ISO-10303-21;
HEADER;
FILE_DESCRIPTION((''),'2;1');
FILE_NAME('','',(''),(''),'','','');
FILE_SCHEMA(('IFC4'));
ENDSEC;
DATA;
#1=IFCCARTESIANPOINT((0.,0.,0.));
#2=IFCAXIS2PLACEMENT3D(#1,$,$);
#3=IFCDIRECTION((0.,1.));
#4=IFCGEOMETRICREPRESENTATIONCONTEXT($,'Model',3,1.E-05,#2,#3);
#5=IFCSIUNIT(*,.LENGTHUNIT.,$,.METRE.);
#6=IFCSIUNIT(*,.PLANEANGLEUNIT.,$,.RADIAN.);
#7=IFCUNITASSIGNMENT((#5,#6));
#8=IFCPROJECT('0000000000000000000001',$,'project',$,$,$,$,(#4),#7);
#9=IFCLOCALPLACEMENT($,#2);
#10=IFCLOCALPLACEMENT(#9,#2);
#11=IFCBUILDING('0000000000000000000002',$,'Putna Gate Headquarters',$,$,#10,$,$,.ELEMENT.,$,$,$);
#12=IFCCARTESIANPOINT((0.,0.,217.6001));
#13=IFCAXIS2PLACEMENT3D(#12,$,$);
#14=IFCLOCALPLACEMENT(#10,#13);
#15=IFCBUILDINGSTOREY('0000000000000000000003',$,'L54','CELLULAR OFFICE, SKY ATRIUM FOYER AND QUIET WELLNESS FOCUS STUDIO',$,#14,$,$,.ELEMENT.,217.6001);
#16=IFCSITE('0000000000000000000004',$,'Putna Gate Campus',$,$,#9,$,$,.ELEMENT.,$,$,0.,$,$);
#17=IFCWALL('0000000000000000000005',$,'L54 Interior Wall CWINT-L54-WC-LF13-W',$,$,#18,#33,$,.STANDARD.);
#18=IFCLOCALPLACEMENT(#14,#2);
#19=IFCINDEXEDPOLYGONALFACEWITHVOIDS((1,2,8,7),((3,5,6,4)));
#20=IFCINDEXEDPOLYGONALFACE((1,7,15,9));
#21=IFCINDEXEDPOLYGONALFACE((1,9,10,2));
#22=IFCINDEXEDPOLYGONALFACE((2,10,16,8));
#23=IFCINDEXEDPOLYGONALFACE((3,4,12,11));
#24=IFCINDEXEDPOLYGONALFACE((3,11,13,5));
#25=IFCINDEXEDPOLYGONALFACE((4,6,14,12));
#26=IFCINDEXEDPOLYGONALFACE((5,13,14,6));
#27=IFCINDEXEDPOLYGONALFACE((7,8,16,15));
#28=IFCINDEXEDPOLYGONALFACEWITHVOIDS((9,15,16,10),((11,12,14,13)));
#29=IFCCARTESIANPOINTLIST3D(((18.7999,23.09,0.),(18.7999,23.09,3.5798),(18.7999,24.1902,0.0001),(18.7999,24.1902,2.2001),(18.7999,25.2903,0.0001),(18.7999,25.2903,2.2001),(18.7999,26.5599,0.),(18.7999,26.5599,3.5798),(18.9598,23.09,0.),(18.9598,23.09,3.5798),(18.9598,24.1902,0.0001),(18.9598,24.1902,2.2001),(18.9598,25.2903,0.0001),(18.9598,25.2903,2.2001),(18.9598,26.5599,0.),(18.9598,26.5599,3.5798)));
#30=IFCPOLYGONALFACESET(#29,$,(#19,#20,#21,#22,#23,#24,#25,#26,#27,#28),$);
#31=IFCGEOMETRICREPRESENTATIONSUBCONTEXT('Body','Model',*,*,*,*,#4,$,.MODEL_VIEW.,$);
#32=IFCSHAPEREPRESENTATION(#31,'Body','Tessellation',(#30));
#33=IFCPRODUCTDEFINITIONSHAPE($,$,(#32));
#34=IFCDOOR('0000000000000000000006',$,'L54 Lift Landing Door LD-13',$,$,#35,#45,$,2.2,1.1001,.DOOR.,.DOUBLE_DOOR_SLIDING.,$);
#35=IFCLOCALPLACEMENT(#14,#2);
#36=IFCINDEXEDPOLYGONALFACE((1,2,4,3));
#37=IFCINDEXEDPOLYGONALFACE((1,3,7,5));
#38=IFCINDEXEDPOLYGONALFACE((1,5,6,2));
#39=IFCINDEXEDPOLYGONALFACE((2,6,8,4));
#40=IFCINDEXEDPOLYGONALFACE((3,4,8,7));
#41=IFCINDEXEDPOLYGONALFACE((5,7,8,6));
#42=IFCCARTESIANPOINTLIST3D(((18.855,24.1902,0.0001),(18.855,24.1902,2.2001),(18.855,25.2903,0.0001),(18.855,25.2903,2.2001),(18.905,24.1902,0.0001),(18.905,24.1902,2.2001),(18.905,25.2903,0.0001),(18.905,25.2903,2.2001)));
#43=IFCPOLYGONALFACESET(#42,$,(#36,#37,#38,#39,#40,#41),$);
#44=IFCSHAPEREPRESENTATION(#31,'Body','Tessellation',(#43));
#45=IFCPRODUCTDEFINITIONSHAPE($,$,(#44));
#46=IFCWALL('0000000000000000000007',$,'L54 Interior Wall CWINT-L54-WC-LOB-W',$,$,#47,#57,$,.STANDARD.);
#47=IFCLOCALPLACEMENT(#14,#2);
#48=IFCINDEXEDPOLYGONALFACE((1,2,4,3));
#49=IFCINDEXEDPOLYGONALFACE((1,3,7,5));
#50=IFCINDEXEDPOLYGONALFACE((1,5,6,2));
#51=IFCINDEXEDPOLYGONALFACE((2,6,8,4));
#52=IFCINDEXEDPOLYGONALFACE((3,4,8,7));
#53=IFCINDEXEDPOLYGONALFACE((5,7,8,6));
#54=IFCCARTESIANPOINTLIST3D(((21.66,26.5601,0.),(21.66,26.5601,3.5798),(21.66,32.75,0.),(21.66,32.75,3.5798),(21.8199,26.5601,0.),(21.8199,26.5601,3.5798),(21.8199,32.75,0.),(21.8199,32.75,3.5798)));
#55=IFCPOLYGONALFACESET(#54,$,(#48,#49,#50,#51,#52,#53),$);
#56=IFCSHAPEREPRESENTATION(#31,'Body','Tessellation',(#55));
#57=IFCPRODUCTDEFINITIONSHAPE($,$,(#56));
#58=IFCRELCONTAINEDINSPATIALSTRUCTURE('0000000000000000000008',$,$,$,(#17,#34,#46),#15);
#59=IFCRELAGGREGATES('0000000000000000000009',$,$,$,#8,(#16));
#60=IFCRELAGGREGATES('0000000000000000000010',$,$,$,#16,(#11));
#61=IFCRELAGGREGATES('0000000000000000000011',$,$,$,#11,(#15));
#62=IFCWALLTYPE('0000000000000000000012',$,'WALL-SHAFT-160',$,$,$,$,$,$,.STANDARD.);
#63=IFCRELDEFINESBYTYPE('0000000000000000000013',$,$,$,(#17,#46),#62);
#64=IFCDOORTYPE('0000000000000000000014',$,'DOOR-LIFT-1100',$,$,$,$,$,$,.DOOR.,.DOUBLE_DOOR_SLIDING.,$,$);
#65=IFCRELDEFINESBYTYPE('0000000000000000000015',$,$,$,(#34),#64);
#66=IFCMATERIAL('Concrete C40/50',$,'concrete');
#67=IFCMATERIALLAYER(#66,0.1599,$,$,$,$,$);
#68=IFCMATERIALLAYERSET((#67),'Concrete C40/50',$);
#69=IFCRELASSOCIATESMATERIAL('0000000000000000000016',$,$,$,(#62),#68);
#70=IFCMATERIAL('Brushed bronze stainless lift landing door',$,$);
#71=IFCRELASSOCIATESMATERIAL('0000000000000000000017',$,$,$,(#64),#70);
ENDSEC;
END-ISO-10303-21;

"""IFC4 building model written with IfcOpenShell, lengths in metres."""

from ifc_helpers import new_model, si_unit, direction, frame, frame_2d, origin, place, context, subcontext, project, spatial, rectangle, extrude, material, layer, layer_set, type_object, element, fill, save


model = new_model("IFC4")

# Units and contexts
model_context = context("Model", 3, precision=1e-05, world=origin(), true_north=direction((0.0, 1.0)))
body_context = subcontext(model_context, "Body", "Model", "MODEL_VIEW")
ifc_project = project(units=[si_unit("LENGTHUNIT", "METRE"), si_unit("PLANEANGLEUNIT", "RADIAN")], contexts=[model_context])

# Site, building, storey
site_placement = place(None, origin())
site = spatial("IfcSite", under=ifc_project, at=site_placement, Name="Putna Gate Campus", CompositionType="ELEMENT", RefElevation=0.0)
building_placement = place(site_placement, origin())
building = spatial("IfcBuilding", under=site, at=building_placement, Name="Putna Gate Headquarters", CompositionType="ELEMENT")
storey_placement = place(building_placement, frame((0.0, 0.0, 217.6001)))
storey = spatial("IfcBuildingStorey", under=building, at=storey_placement, Name="L54", Description="CELLULAR OFFICE, SKY ATRIUM FOYER AND QUIET WELLNESS FOCUS STUDIO", CompositionType="ELEMENT", Elevation=217.6001)

# Shared definitions
ifc_material_1 = material(Name="Concrete C40/50", Category="concrete")
ifc_layer_1 = layer(ifc_material_1, 0.1599)
ifc_layer_set_1 = layer_set([ifc_layer_1], Name="Concrete C40/50")
wall_type_1 = type_object("IfcWallType", Name="WALL-SHAFT-160", PredefinedType="STANDARD", material=ifc_layer_set_1)

# Wall, opening, door
wall_1_placement = place(storey_placement, frame((18.8799, 23.0901, 0.0), z_axis=(0.0, 0.0, 1.0), x_axis=(0.0, 1.0, 0.0)))
wall_1 = element("IfcWall", 1, at=wall_1_placement, inside=storey, type_object=wall_type_1, Name="L54 Interior Wall CWINT-L54-WC-LF13-W", PredefinedType="STANDARD", context=body_context, shape_type="SweptSolid", body=[
    extrude(rectangle(XDim=3.47, YDim=0.1599, at=frame_2d((1.7349, 0.0))), origin(), (0.0, 0.0, 1.0), 3.5798),
])
opening_1_placement = place(wall_1_placement, frame((1.1001, 0.0, 0.0)))
opening_1 = element("IfcOpeningElement", 2, at=opening_1_placement, cuts=wall_1, PredefinedType="OPENING", context=body_context, shape_type="SweptSolid", body=[
    extrude(rectangle(XDim=1.1001, YDim=2.2, at=frame_2d((0.55, 1.1001))), frame((0.0, 0.0898, 0.0), z_axis=(0.0, -1.0, 0.0), x_axis=(1.0, 0.0, 0.0)), (0.0, 0.0, 1.0), 0.1799),
])
ifc_material_2 = material(Name="Brushed bronze stainless lift landing door")
door_type_1 = type_object("IfcDoorType", Name="DOOR-LIFT-1100", OperationType="DOUBLE_DOOR_SLIDING", PredefinedType="DOOR", material=ifc_material_2)
door_1_placement = place(opening_1_placement, origin())
door_1 = element("IfcDoor", 3, at=door_1_placement, inside=storey, type_object=door_type_1, Name="L54 Lift Landing Door LD-13", OperationType="DOUBLE_DOOR_SLIDING", OverallHeight=2.2, OverallWidth=1.1001, PredefinedType="DOOR", context=body_context, shape_type="SweptSolid", body=[
    extrude(rectangle(XDim=1.1001, YDim=2.2, at=frame_2d((0.55, 1.1001))), frame((0.0, 0.0249, 0.0), z_axis=(0.0, -1.0, 0.0), x_axis=(1.0, 0.0, 0.0)), (0.0, 0.0, 1.0), 0.05),
])
fill(opening_1, door_1)

# Wall
wall_2_placement = place(storey_placement, frame((21.74, 26.5601, 0.0), z_axis=(0.0, 0.0, 1.0), x_axis=(0.0, 1.0, 0.0)))
element("IfcWall", 4, at=wall_2_placement, inside=storey, type_object=wall_type_1, Name="L54 Interior Wall CWINT-L54-WC-LOB-W", PredefinedType="STANDARD", context=body_context, shape_type="SweptSolid", body=[
    extrude(rectangle(XDim=6.1899, YDim=0.1599, at=frame_2d((3.095, 0.0))), origin(), (0.0, 0.0, 1.0), 3.5798),
])

save(model, "model.ifc")
